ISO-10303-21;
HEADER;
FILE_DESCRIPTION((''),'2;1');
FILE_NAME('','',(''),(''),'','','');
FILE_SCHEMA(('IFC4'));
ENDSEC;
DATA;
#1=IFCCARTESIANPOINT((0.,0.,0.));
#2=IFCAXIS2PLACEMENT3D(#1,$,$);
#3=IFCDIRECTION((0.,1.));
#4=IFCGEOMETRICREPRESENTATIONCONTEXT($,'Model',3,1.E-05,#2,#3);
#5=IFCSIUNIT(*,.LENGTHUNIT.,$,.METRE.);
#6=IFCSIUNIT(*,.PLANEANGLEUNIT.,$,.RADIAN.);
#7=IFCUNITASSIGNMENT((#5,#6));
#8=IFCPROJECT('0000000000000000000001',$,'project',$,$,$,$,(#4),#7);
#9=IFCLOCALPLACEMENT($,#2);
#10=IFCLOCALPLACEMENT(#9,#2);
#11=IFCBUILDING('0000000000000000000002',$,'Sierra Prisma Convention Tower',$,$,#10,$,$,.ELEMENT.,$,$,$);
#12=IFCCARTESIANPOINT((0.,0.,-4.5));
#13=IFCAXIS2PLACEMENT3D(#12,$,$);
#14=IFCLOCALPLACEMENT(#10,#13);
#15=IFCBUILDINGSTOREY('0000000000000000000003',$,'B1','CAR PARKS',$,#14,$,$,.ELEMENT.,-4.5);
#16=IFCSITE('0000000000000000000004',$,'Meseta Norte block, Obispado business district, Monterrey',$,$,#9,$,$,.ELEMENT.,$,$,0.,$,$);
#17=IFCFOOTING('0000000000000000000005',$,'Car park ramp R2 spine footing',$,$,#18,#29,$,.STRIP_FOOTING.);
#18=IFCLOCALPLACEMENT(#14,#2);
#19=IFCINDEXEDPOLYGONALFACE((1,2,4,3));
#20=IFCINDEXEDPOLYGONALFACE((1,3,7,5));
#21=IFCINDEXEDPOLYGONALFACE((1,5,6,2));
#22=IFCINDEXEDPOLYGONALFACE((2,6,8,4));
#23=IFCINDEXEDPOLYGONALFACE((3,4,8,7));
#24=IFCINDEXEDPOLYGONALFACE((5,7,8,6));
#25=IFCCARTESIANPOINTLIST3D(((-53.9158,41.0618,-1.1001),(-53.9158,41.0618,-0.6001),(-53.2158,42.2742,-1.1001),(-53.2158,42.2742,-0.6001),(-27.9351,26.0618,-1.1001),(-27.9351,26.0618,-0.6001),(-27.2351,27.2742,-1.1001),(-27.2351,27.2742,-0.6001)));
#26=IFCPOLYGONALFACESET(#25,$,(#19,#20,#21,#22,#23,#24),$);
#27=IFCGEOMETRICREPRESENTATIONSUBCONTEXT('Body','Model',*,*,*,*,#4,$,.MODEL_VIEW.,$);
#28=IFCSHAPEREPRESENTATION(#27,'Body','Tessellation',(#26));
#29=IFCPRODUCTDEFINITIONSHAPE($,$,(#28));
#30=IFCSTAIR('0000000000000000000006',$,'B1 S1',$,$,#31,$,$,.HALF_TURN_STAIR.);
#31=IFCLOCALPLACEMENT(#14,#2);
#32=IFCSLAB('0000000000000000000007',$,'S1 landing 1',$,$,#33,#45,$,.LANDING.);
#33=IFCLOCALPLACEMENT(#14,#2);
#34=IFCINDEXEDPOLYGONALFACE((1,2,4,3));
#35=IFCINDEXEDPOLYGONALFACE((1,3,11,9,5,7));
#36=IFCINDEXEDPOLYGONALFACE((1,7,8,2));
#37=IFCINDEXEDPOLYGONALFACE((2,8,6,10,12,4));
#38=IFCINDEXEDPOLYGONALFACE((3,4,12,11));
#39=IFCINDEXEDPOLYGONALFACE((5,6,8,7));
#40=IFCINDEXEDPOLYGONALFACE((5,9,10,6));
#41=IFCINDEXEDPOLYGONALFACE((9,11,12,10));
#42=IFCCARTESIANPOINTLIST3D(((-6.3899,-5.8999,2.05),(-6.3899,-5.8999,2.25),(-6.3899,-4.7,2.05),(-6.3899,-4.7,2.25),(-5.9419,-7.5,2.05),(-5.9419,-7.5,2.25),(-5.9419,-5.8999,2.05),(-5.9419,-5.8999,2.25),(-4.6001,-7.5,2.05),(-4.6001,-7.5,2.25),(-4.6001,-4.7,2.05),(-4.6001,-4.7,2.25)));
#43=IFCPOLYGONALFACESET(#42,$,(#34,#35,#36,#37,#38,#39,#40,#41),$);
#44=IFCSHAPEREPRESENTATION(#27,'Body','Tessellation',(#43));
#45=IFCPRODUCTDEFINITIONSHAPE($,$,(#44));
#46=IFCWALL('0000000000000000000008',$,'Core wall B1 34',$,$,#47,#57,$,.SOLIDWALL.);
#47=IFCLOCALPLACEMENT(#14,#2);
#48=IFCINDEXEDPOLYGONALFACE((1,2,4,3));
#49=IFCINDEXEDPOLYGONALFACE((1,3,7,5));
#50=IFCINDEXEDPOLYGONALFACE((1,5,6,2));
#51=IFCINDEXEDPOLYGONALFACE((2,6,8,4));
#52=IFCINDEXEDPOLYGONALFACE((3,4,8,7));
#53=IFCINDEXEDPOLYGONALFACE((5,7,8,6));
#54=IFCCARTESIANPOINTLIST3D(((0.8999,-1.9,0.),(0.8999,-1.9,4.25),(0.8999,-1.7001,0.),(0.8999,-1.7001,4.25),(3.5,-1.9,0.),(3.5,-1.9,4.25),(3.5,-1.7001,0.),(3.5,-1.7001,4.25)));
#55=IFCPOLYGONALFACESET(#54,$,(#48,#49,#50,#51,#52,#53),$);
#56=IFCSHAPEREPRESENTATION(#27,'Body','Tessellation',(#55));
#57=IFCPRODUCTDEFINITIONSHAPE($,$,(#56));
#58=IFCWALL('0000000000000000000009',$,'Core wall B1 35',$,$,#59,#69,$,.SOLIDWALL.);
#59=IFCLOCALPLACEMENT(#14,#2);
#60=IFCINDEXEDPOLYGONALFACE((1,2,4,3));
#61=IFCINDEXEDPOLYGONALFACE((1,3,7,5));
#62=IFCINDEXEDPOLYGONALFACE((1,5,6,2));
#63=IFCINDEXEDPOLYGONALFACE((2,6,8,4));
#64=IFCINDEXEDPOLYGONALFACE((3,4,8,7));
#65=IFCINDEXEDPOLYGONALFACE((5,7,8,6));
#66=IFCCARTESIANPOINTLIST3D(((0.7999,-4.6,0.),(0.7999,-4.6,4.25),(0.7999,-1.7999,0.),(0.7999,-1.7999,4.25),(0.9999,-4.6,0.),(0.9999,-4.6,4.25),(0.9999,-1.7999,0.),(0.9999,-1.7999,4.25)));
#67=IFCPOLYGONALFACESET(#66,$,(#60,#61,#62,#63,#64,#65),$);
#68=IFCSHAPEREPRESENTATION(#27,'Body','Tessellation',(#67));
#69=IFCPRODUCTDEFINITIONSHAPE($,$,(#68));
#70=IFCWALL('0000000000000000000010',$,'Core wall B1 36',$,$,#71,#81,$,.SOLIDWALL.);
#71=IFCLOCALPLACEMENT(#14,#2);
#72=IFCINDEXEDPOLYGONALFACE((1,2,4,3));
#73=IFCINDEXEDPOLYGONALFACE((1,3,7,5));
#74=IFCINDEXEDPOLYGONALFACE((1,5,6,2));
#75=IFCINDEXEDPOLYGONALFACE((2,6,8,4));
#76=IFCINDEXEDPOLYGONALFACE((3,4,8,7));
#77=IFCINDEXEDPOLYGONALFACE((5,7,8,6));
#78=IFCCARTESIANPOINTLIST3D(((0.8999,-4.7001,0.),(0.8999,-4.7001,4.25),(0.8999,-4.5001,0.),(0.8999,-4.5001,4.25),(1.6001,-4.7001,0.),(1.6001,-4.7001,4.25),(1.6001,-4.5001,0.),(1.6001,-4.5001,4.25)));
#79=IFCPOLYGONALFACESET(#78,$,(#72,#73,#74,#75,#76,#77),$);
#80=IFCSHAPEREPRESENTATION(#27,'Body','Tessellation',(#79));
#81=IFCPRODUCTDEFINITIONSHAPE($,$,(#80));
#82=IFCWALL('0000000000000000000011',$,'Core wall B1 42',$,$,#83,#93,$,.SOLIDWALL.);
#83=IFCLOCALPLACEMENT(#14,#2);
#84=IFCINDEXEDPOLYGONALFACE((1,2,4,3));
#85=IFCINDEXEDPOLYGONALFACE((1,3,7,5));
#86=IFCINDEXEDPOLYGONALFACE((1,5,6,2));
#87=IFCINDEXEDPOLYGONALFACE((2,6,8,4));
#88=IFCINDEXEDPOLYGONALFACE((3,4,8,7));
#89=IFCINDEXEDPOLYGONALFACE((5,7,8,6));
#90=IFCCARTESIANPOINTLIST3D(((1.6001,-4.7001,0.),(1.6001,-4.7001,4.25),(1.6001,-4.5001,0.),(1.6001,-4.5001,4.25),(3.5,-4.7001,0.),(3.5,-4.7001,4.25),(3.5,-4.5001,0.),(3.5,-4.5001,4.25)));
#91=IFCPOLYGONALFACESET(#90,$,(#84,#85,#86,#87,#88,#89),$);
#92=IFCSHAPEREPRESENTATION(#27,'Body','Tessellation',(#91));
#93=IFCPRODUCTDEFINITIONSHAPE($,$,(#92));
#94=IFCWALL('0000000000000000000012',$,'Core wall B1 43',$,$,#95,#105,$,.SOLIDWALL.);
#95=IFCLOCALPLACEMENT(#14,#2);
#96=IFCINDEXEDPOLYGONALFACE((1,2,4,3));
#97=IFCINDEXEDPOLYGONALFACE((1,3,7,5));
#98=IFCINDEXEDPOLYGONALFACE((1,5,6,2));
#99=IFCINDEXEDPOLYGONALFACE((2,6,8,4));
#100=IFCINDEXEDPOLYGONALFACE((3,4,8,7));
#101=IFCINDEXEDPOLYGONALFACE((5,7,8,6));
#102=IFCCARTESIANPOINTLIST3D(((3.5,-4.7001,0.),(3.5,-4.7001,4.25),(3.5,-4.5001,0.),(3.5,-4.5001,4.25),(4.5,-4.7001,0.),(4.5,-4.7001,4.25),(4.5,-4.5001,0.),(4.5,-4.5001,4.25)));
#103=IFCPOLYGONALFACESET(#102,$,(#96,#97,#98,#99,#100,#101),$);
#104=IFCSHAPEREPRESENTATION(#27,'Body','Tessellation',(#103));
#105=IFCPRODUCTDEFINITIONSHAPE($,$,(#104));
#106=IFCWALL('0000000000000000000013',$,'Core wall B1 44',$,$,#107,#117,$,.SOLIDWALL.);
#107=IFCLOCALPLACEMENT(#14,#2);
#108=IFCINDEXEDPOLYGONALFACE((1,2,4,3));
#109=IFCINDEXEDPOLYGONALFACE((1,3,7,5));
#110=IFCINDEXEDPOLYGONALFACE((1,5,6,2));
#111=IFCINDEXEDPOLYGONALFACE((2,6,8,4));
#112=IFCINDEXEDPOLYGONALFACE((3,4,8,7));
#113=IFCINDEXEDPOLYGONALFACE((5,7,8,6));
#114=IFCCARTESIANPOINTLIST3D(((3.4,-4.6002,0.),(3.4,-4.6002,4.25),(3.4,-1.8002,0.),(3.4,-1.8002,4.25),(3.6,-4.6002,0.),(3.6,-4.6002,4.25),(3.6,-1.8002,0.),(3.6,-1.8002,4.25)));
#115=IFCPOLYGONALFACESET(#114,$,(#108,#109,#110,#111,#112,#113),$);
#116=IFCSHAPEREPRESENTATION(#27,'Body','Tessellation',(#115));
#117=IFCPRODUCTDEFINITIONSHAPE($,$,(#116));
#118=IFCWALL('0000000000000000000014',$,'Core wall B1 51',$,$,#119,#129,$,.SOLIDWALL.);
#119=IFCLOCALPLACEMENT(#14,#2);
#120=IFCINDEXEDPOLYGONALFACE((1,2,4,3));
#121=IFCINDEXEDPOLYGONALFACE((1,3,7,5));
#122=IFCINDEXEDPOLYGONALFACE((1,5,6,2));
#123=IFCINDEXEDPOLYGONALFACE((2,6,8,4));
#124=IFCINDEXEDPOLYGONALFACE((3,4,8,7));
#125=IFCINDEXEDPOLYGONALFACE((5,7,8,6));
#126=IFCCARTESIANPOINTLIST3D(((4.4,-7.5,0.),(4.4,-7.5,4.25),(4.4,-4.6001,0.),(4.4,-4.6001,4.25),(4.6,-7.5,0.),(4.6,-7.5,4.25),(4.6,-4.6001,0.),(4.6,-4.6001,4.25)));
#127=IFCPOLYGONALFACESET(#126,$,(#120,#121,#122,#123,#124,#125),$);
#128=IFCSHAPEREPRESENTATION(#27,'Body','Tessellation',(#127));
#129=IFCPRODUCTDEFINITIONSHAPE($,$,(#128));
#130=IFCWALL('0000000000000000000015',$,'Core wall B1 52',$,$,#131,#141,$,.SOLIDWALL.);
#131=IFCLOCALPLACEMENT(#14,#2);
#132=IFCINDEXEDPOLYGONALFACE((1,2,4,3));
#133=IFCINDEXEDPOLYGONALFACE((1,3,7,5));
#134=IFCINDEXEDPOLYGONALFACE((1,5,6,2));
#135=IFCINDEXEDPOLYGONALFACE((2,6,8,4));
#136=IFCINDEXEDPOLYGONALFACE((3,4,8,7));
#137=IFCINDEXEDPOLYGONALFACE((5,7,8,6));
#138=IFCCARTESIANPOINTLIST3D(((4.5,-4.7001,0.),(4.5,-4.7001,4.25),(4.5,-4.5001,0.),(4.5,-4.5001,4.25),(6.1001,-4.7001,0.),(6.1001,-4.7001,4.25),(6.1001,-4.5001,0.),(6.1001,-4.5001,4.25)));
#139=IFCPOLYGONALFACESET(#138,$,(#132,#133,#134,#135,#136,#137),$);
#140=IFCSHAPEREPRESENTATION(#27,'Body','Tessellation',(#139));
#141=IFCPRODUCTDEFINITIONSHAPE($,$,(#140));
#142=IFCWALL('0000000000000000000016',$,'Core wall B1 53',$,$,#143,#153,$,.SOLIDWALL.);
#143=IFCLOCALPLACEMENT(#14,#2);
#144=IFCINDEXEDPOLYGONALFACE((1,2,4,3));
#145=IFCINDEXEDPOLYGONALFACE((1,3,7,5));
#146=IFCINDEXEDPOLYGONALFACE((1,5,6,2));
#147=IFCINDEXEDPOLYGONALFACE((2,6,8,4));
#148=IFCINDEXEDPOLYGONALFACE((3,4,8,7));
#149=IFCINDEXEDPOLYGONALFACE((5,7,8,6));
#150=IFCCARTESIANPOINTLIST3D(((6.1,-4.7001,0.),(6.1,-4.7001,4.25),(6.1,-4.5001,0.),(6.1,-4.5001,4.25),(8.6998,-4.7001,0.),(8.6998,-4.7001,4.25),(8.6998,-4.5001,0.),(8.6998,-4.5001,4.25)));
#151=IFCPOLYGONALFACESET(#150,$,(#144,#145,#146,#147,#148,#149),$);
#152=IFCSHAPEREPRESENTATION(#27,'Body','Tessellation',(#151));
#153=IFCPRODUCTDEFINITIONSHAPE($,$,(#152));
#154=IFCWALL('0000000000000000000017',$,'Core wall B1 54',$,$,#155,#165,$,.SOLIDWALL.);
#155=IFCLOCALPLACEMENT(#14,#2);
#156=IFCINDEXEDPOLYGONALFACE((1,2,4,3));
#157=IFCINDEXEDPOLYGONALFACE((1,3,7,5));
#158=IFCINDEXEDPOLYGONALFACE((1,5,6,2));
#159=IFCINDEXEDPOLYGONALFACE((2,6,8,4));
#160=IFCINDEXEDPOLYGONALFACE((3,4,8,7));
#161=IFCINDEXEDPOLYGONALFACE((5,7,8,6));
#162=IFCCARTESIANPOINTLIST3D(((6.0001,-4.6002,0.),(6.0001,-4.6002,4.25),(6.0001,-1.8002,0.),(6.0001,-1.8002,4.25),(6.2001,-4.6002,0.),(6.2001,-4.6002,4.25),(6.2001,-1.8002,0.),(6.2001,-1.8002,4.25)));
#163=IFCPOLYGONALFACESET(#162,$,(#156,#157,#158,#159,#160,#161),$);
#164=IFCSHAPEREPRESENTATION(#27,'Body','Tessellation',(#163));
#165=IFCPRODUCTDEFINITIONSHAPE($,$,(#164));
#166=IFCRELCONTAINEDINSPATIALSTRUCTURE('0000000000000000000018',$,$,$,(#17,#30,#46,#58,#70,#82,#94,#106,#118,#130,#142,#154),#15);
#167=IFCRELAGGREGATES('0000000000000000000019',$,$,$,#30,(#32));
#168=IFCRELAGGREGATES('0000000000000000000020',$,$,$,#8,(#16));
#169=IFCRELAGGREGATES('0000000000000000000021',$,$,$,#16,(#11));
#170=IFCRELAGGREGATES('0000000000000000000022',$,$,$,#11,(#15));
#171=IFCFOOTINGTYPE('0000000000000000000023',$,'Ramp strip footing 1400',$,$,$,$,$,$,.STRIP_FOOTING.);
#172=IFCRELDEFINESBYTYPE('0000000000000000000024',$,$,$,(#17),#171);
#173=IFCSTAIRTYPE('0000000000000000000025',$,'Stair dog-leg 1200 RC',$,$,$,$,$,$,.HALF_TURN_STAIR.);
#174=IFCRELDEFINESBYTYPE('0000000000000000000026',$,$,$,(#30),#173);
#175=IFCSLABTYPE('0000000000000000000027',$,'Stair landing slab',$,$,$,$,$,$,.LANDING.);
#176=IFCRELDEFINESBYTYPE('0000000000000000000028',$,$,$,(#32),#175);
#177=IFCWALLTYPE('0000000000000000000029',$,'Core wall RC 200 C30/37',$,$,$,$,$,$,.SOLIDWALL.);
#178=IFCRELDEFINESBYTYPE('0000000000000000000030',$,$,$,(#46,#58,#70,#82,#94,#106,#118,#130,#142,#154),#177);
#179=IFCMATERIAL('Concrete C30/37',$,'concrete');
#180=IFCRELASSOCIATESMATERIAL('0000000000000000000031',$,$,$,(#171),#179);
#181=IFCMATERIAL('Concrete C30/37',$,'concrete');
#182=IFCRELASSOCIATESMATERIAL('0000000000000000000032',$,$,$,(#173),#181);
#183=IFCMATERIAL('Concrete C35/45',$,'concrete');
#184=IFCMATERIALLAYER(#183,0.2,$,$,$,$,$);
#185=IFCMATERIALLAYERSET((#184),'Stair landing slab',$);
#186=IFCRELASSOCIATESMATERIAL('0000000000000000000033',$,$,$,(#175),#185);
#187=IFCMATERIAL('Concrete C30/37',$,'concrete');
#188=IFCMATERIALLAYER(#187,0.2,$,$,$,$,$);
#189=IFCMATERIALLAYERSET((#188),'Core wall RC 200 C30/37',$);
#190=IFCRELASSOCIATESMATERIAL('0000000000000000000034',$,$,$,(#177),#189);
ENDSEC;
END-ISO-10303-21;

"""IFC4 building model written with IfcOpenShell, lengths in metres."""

from ifc_helpers import new_model, si_unit, direction, frame, frame_2d, origin, place, context, subcontext, project, spatial, polyline, rectangle, outline, extrude, material, layer, layer_set, type_object, element, aggregate, save


model = new_model("IFC4")

# Units and contexts
model_context = context("Model", 3, precision=1e-05, world=origin(), true_north=direction((0.0, 1.0)))
body_context = subcontext(model_context, "Body", "Model", "MODEL_VIEW")
ifc_project = project(units=[si_unit("LENGTHUNIT", "METRE"), si_unit("PLANEANGLEUNIT", "RADIAN")], contexts=[model_context])

# Site, building, storey
site_placement = place(None, origin())
site = spatial("IfcSite", under=ifc_project, at=site_placement, Name="Meseta Norte block, Obispado business district, Monterrey", CompositionType="ELEMENT", RefElevation=0.0)
building_placement = place(site_placement, origin())
building = spatial("IfcBuilding", under=site, at=building_placement, Name="Sierra Prisma Convention Tower", CompositionType="ELEMENT")
storey_placement = place(building_placement, frame((0.0, 0.0, -4.5)))
storey = spatial("IfcBuildingStorey", under=building, at=storey_placement, Name="B1", Description="CAR PARKS", CompositionType="ELEMENT", Elevation=-4.5)

# Footing
ifc_material_1 = material(Name="Concrete C30/37", Category="concrete")
footing_type = type_object("IfcFootingType", Name="Ramp strip footing 1400", PredefinedType="STRIP_FOOTING", material=ifc_material_1)
footing_placement = place(storey_placement, frame((0.0, 0.0, -1.1001)))
element("IfcFooting", 1, at=footing_placement, inside=storey, type_object=footing_type, Name="Car park ramp R2 spine footing", PredefinedType="STRIP_FOOTING", context=body_context, shape_type="SweptSolid", body=[
    extrude(outline(polyline([(-27.2351, 27.2742), (-53.2158, 42.2742), (-53.9158, 41.0618), (-27.9351, 26.0618), (-27.2351, 27.2742)])), origin(), (0.0, 0.0, 1.0), 0.5),
])

# Stair, slab
ifc_material_2 = material(Name="Concrete C30/37", Category="concrete")
stair_type = type_object("IfcStairType", Name="Stair dog-leg 1200 RC", PredefinedType="HALF_TURN_STAIR", material=ifc_material_2)
stair_1_placement = place(storey_placement, origin())
stair_1 = element("IfcStair", 2, at=stair_1_placement, inside=storey, type_object=stair_type, Name="B1 S1", PredefinedType="HALF_TURN_STAIR")
ifc_material_3 = material(Name="Concrete C35/45", Category="concrete")
ifc_layer_1 = layer(ifc_material_3, 0.2)
ifc_layer_set_1 = layer_set([ifc_layer_1], Name="Stair landing slab")
slab_type = type_object("IfcSlabType", Name="Stair landing slab", PredefinedType="LANDING", material=ifc_layer_set_1)
slab_placement = place(storey_placement, frame((0.0, 0.0, 2.05)))
slab = element("IfcSlab", 3, at=slab_placement, type_object=slab_type, Name="S1 landing 1", PredefinedType="LANDING", context=body_context, shape_type="SweptSolid", body=[
    extrude(outline(polyline([(-4.6001, -4.7), (-4.6001, -7.5), (-5.9419, -7.5), (-5.9419, -5.8999), (-6.3899, -5.8999), (-6.3899, -4.7), (-4.6001, -4.7)])), origin(), (0.0, 0.0, 1.0), 0.2),
])
aggregate(stair_1, [slab])

# Walls
ifc_material_4 = material(Name="Concrete C30/37", Category="concrete")
ifc_layer_2 = layer(ifc_material_4, 0.2)
ifc_layer_set_2 = layer_set([ifc_layer_2], Name="Core wall RC 200 C30/37")
wall_type = type_object("IfcWallType", Name="Core wall RC 200 C30/37", PredefinedType="SOLIDWALL", material=ifc_layer_set_2)
wall_1_placement = place(storey_placement, frame((0.8999, -1.8, 0.0), z_axis=(0.0, 0.0, 1.0), x_axis=(1.0, 0.0, 0.0)))
element("IfcWall", 4, at=wall_1_placement, inside=storey, type_object=wall_type, Name="Core wall B1 34", PredefinedType="SOLIDWALL", context=body_context, shape_type="SweptSolid", body=[
    extrude(rectangle(XDim=2.6001, YDim=0.2, at=frame_2d((1.3, 0.0))), origin(), (0.0, 0.0, 1.0), 4.25),
])
wall_2_placement = place(storey_placement, frame((0.8999, -1.8, 0.0), z_axis=(0.0, 0.0, 1.0), x_axis=(0.0, -1.0, 0.0)))
element("IfcWall", 5, at=wall_2_placement, inside=storey, type_object=wall_type, Name="Core wall B1 35", PredefinedType="SOLIDWALL", context=body_context, shape_type="SweptSolid", body=[
    extrude(rectangle(XDim=2.8, YDim=0.2, at=frame_2d((1.3999, 0.0))), origin(), (0.0, 0.0, 1.0), 4.25),
])
wall_3_placement = place(storey_placement, frame((0.8999, -4.6001, 0.0), z_axis=(0.0, 0.0, 1.0), x_axis=(1.0, 0.0, 0.0)))
element("IfcWall", 6, at=wall_3_placement, inside=storey, type_object=wall_type, Name="Core wall B1 36", PredefinedType="SOLIDWALL", context=body_context, shape_type="SweptSolid", body=[
    extrude(rectangle(XDim=0.7002, YDim=0.2, at=frame_2d((0.3501, 0.0))), origin(), (0.0, 0.0, 1.0), 4.25),
])

# Walls
wall_4_placement = place(storey_placement, frame((3.5, -4.6001, 0.0), z_axis=(0.0, 0.0, 1.0), x_axis=(-1.0, 0.0, 0.0)))
element("IfcWall", 7, at=wall_4_placement, inside=storey, type_object=wall_type, Name="Core wall B1 42", PredefinedType="SOLIDWALL", context=body_context, shape_type="SweptSolid", body=[
    extrude(rectangle(XDim=1.8999, YDim=0.2, at=frame_2d((0.95, 0.0))), origin(), (0.0, 0.0, 1.0), 4.25),
])
wall_5_placement = place(storey_placement, frame((4.5, -4.6001, 0.0), z_axis=(0.0, 0.0, 1.0), x_axis=(-1.0, 0.0, 0.0)))
element("IfcWall", 8, at=wall_5_placement, inside=storey, type_object=wall_type, Name="Core wall B1 43", PredefinedType="SOLIDWALL", context=body_context, shape_type="SweptSolid", body=[
    extrude(rectangle(XDim=1.0, YDim=0.2, at=frame_2d((0.5, 0.0))), origin(), (0.0, 0.0, 1.0), 4.25),
])
wall_6_placement = place(storey_placement, frame((3.5, -4.6001, 0.0), z_axis=(0.0, 0.0, 1.0), x_axis=(0.0, 1.0, 0.0)))
element("IfcWall", 9, at=wall_6_placement, inside=storey, type_object=wall_type, Name="Core wall B1 44", PredefinedType="SOLIDWALL", context=body_context, shape_type="SweptSolid", body=[
    extrude(rectangle(XDim=2.8, YDim=0.2, at=frame_2d((1.3999, 0.0))), origin(), (0.0, 0.0, 1.0), 4.25),
])

# Walls
wall_7_placement = place(storey_placement, frame((4.5, -7.5, 0.0), z_axis=(0.0, 0.0, 1.0), x_axis=(0.0, 1.0, 0.0)))
element("IfcWall", 10, at=wall_7_placement, inside=storey, type_object=wall_type, Name="Core wall B1 51", PredefinedType="SOLIDWALL", context=body_context, shape_type="SweptSolid", body=[
    extrude(rectangle(XDim=2.8999, YDim=0.2, at=frame_2d((1.45, 0.0))), origin(), (0.0, 0.0, 1.0), 4.25),
])
wall_8_placement = place(storey_placement, frame((4.5, -4.6001, 0.0), z_axis=(0.0, 0.0, 1.0), x_axis=(1.0, 0.0, 0.0)))
element("IfcWall", 11, at=wall_8_placement, inside=storey, type_object=wall_type, Name="Core wall B1 52", PredefinedType="SOLIDWALL", context=body_context, shape_type="SweptSolid", body=[
    extrude(rectangle(XDim=1.6001, YDim=0.2, at=frame_2d((0.8, 0.0))), origin(), (0.0, 0.0, 1.0), 4.25),
])
wall_9_placement = place(storey_placement, frame((6.1001, -4.6001, 0.0), z_axis=(0.0, 0.0, 1.0), x_axis=(1.0, 0.0, 0.0)))
element("IfcWall", 12, at=wall_9_placement, inside=storey, type_object=wall_type, Name="Core wall B1 53", PredefinedType="SOLIDWALL", context=body_context, shape_type="SweptSolid", body=[
    extrude(rectangle(XDim=2.5999, YDim=0.2, at=frame_2d((1.2998, 0.0))), origin(), (0.0, 0.0, 1.0), 4.25),
])
wall_10_placement = place(storey_placement, frame((6.1001, -4.6001, 0.0), z_axis=(0.0, 0.0, 1.0), x_axis=(0.0, 1.0, 0.0)))
element("IfcWall", 13, at=wall_10_placement, inside=storey, type_object=wall_type, Name="Core wall B1 54", PredefinedType="SOLIDWALL", context=body_context, shape_type="SweptSolid", body=[
    extrude(rectangle(XDim=2.8, YDim=0.2, at=frame_2d((1.3999, 0.0))), origin(), (0.0, 0.0, 1.0), 4.25),
])

save(model, "model.ifc")
